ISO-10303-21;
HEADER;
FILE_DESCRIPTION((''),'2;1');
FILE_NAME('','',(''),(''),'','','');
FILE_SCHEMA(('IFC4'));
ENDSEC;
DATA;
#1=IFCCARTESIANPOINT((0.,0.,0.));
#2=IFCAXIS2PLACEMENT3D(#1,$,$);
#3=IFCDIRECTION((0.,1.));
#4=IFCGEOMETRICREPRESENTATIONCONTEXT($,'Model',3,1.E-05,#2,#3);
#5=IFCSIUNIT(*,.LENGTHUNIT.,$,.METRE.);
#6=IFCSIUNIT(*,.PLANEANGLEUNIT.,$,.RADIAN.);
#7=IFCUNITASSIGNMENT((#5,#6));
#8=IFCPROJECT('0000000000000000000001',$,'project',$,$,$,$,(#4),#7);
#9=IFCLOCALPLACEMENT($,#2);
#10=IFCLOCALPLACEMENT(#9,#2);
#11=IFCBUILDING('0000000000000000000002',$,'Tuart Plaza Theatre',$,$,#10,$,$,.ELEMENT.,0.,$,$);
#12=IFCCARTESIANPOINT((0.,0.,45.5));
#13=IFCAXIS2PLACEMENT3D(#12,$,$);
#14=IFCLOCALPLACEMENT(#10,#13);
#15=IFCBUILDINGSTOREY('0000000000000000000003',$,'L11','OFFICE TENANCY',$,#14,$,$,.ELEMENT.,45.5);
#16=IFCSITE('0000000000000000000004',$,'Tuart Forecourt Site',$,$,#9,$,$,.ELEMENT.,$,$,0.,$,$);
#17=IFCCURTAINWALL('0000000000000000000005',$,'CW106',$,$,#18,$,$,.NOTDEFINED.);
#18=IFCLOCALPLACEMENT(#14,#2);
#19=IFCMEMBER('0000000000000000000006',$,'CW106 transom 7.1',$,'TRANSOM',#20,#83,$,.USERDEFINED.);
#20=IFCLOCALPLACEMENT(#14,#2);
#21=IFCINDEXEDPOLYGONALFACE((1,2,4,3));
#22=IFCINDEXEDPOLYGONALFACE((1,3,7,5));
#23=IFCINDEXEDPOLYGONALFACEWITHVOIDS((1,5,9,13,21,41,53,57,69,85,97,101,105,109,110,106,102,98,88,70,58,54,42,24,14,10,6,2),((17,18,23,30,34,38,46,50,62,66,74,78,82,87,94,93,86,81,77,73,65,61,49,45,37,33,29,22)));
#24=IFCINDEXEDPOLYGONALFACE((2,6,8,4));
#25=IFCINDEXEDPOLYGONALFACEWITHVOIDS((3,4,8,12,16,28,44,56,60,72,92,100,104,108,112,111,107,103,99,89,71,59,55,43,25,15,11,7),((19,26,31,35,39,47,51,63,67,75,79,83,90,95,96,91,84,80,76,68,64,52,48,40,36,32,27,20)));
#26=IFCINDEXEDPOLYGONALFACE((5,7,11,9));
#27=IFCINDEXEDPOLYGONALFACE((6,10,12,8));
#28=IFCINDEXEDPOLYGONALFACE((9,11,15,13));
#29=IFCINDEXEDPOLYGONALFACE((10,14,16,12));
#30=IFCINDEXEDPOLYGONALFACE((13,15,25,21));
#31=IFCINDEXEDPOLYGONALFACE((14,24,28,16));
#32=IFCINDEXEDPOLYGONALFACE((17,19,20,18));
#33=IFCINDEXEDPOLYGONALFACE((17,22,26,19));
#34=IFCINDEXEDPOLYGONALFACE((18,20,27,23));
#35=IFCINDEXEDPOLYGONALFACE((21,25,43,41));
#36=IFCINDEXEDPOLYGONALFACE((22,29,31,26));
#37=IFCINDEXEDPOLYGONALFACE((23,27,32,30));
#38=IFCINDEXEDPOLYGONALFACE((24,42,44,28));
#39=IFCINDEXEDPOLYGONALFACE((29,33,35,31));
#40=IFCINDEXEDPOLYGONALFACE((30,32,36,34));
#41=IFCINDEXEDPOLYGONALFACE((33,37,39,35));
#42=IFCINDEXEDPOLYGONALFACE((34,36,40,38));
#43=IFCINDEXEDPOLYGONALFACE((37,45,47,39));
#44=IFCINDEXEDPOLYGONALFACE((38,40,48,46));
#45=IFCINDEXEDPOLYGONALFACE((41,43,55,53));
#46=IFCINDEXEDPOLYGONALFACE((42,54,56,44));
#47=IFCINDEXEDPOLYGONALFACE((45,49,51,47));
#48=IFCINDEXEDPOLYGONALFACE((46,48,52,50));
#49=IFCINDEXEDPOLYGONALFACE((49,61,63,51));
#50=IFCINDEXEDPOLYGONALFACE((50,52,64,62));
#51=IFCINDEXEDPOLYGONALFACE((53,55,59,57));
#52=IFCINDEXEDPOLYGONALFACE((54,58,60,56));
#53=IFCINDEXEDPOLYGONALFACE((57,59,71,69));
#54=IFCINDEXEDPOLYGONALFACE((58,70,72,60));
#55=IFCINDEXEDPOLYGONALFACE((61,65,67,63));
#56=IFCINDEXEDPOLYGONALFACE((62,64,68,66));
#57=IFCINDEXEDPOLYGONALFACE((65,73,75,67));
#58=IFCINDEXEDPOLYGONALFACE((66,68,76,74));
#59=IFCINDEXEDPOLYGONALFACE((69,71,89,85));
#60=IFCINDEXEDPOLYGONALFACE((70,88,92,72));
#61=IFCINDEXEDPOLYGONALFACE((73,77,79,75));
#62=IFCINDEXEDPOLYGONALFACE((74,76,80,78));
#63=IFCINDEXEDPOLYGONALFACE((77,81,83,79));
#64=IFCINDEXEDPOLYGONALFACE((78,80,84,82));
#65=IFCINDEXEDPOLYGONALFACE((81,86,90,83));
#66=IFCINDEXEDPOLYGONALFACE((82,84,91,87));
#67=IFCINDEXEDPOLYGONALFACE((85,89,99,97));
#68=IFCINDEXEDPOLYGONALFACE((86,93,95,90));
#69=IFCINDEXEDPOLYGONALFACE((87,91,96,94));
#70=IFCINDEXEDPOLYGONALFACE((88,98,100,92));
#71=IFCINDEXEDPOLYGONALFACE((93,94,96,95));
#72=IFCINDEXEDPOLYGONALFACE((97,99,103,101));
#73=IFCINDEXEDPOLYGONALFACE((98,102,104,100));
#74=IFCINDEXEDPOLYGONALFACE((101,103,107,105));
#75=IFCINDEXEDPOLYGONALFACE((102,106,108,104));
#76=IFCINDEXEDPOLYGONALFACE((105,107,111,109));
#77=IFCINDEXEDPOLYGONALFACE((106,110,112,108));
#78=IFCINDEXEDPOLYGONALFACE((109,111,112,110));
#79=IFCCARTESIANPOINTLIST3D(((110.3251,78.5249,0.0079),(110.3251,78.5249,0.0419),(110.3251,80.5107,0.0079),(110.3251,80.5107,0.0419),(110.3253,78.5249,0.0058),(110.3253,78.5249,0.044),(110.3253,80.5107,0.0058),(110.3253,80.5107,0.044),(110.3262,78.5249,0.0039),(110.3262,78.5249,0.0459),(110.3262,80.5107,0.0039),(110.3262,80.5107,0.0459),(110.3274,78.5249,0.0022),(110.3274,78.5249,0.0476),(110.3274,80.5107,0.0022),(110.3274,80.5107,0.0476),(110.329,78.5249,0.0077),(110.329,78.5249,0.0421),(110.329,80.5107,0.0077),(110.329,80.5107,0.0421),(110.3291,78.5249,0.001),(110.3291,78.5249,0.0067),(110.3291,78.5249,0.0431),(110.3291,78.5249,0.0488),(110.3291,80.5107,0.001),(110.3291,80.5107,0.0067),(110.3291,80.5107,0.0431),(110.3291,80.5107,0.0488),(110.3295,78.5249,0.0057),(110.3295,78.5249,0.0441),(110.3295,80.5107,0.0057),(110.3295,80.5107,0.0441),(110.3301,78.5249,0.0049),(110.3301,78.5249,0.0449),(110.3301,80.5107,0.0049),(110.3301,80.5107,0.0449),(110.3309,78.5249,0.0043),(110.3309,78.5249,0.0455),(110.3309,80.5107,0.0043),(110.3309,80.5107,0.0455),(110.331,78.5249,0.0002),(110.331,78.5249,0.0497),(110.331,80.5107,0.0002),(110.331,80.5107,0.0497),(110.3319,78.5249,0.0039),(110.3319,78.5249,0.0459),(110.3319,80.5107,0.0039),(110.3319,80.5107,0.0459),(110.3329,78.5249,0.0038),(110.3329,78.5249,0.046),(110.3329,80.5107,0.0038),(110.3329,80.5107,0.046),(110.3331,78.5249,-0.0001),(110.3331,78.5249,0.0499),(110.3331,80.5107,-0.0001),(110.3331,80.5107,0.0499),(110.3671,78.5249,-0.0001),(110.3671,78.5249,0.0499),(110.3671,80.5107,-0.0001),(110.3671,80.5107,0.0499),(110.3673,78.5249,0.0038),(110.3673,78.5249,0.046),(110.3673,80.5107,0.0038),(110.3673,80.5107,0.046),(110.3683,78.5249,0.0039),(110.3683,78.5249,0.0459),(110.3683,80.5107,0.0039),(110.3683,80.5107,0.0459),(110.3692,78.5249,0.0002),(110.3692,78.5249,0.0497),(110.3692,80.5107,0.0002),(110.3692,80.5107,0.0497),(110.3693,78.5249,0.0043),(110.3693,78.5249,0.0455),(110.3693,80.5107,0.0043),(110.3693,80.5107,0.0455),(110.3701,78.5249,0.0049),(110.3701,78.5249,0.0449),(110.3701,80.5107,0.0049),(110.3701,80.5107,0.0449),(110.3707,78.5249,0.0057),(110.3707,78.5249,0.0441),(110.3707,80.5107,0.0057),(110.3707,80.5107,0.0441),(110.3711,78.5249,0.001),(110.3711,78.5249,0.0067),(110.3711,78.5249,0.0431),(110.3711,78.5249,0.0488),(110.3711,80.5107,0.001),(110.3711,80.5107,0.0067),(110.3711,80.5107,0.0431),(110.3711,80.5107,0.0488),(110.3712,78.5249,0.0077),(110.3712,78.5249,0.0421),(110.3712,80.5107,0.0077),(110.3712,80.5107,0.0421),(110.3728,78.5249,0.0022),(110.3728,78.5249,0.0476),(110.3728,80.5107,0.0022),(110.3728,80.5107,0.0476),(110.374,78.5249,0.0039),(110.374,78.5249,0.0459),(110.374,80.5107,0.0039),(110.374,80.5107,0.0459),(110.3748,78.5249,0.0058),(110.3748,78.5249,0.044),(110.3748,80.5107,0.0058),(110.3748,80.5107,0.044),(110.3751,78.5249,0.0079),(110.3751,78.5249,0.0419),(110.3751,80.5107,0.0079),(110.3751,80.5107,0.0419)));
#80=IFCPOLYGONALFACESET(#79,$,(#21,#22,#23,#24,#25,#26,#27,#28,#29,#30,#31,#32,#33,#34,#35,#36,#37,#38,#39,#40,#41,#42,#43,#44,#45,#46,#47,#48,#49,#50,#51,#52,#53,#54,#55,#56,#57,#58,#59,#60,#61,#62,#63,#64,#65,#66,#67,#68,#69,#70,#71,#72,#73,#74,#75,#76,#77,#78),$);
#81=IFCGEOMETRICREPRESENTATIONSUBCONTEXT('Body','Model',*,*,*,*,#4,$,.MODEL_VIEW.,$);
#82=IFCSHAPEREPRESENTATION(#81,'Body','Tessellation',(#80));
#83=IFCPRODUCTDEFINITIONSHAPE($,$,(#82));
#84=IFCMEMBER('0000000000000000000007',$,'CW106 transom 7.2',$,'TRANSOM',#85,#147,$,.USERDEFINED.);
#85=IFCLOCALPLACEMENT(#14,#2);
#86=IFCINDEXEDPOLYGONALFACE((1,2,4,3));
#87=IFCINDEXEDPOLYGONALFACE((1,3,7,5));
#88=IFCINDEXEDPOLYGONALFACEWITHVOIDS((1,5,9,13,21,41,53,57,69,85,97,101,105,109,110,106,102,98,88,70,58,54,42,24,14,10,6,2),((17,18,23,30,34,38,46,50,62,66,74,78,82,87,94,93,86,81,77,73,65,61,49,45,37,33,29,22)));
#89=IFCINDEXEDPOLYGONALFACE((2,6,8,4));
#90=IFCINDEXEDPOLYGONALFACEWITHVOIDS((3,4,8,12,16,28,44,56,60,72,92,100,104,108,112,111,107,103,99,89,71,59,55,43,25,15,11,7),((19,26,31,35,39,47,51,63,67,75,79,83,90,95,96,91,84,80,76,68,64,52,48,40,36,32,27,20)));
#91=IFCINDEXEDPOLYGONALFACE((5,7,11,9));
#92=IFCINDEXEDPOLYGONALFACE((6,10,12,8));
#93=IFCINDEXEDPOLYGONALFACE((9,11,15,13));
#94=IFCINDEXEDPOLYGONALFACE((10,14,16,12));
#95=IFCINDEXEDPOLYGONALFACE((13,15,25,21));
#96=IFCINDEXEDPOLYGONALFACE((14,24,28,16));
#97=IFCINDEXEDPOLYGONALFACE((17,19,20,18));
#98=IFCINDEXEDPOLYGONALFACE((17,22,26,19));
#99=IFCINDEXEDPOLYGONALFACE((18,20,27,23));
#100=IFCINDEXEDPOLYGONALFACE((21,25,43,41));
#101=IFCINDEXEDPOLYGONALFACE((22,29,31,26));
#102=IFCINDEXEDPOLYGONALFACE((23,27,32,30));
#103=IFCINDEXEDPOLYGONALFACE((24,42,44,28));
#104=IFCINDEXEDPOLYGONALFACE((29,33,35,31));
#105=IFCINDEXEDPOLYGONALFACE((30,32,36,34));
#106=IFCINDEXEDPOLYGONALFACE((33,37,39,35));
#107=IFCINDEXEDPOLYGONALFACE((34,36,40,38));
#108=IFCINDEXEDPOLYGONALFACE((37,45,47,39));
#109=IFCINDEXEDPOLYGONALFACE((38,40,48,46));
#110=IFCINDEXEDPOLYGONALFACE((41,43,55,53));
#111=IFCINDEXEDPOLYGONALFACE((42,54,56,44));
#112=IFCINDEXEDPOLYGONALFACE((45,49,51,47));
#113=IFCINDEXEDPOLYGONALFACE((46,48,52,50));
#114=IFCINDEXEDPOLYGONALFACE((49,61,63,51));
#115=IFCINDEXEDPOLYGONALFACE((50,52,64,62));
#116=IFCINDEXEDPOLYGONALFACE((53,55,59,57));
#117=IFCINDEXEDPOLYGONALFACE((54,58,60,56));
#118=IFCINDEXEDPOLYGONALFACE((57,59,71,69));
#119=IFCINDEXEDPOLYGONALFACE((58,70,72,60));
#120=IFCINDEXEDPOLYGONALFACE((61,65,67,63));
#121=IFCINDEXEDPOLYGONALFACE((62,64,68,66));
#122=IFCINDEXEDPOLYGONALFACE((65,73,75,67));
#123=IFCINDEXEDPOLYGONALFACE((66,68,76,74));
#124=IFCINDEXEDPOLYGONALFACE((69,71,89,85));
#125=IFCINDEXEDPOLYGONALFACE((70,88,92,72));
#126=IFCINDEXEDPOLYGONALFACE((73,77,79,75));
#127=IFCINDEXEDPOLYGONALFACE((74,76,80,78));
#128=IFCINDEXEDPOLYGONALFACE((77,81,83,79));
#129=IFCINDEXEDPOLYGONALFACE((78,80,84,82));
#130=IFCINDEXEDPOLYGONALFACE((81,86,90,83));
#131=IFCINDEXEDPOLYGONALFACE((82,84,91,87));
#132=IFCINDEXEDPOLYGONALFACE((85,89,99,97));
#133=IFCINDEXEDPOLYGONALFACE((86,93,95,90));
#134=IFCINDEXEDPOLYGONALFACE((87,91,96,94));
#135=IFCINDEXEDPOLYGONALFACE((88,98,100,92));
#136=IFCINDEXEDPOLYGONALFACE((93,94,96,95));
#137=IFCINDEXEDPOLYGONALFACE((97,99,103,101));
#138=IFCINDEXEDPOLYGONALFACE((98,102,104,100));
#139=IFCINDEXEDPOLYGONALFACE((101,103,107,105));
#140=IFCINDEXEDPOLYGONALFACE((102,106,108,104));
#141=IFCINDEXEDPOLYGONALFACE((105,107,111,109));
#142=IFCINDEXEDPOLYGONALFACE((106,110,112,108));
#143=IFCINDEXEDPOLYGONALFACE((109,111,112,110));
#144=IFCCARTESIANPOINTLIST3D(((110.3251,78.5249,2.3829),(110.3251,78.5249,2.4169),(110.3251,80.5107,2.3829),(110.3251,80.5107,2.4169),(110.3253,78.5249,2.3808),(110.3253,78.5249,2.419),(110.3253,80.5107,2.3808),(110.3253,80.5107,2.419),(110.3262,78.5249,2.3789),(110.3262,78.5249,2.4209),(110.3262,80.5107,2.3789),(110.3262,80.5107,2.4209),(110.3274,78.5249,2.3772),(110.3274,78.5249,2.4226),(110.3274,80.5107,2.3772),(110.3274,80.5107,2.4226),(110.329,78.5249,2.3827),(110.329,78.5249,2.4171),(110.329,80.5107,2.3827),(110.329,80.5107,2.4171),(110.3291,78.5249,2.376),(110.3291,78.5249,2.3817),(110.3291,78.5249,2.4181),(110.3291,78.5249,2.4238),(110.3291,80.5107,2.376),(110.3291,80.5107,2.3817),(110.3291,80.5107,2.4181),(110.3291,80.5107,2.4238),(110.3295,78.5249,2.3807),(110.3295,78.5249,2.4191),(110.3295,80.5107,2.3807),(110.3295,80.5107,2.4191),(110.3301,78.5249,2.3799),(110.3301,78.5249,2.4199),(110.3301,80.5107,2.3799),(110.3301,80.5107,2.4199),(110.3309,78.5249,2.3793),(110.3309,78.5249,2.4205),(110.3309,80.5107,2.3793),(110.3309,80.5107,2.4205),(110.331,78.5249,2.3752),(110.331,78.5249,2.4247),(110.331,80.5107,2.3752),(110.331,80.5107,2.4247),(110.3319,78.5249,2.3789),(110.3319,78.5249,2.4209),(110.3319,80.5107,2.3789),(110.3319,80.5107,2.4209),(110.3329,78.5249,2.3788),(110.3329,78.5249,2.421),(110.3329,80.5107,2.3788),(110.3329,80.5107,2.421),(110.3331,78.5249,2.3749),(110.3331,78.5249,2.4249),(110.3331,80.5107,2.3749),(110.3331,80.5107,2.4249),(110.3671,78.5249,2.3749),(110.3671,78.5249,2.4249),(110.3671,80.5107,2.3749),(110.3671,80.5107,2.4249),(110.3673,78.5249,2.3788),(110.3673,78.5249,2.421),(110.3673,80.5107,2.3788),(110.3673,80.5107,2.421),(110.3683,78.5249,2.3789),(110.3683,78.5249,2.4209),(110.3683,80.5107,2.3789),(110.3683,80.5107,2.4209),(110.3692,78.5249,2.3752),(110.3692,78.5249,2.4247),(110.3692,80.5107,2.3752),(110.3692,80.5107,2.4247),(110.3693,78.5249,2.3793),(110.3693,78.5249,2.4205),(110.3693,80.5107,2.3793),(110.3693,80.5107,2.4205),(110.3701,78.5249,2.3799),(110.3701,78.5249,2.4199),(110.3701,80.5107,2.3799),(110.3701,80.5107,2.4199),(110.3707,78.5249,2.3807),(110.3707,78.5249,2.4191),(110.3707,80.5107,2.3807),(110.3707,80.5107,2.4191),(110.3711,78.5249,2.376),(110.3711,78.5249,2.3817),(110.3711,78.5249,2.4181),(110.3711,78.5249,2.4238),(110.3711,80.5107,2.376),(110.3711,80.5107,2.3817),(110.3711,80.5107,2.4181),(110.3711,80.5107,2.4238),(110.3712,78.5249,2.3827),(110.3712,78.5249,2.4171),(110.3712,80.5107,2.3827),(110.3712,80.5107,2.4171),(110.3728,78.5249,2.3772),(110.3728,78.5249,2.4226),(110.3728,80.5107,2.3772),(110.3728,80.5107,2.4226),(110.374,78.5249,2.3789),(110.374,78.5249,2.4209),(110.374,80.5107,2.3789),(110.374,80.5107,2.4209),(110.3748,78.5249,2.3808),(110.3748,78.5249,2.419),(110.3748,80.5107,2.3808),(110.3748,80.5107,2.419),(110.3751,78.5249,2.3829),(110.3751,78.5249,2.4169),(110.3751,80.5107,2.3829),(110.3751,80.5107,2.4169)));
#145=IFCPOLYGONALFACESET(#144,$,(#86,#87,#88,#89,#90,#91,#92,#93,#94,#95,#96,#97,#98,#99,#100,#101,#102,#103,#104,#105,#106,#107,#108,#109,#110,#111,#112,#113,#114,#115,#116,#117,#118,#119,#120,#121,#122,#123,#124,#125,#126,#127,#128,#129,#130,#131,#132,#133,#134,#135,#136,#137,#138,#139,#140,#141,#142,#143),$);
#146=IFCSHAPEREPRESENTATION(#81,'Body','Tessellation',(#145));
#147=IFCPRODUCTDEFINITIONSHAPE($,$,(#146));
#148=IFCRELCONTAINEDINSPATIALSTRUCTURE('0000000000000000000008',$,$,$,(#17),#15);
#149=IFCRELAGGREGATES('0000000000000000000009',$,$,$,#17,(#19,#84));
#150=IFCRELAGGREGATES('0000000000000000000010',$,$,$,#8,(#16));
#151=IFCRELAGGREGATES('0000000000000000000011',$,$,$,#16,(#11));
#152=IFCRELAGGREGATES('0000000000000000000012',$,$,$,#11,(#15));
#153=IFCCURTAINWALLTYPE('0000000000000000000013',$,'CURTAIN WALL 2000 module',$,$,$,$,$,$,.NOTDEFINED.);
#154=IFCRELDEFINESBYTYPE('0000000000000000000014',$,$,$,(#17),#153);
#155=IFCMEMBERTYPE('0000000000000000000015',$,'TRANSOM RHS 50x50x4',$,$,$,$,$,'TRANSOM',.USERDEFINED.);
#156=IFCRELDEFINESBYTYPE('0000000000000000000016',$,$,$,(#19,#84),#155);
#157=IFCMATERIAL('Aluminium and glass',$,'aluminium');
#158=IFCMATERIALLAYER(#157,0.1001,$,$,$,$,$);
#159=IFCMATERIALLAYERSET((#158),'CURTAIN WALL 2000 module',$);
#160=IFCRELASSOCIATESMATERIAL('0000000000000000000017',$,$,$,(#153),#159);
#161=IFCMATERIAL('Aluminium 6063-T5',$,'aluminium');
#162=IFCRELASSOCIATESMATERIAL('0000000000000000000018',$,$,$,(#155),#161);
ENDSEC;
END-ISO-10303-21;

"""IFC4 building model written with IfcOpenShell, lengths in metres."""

from ifc_helpers import new_model, si_unit, direction, frame, origin, origin_2d, place, context, subcontext, project, spatial, hollow_rectangle, extrude, material, layer, layer_set, material_profile, profile_set, type_object, element, aggregate, save


model = new_model("IFC4")

# Units and contexts
model_context = context("Model", 3, precision=1e-05, world=origin(), true_north=direction((0.0, 1.0)))
body_context = subcontext(model_context, "Body", "Model", "MODEL_VIEW")
ifc_project = project(units=[si_unit("LENGTHUNIT", "METRE"), si_unit("PLANEANGLEUNIT", "RADIAN")], contexts=[model_context])

# Site, building, storey
site_placement = place(None, origin())
site = spatial("IfcSite", under=ifc_project, at=site_placement, Name="Tuart Forecourt Site", CompositionType="ELEMENT", RefElevation=0.0)
building_placement = place(site_placement, origin())
building = spatial("IfcBuilding", under=site, at=building_placement, Name="Tuart Plaza Theatre", CompositionType="ELEMENT", ElevationOfRefHeight=0.0)
storey_placement = place(building_placement, frame((0.0, 0.0, 45.5)))
storey = spatial("IfcBuildingStorey", under=building, at=storey_placement, Name="L11", Description="OFFICE TENANCY", CompositionType="ELEMENT", Elevation=45.5)

# Curtain wall, members
ifc_material_1 = material(Name="Aluminium and glass", Category="aluminium")
ifc_layer_1 = layer(ifc_material_1, 0.1001)
ifc_layer_set_1 = layer_set([ifc_layer_1], Name="CURTAIN WALL 2000 module")
curtain_wall_type = type_object("IfcCurtainWallType", Name="CURTAIN WALL 2000 module", PredefinedType="NOTDEFINED", material=ifc_layer_set_1)
curtain_wall_placement = place(storey_placement, origin())
curtain_wall = element("IfcCurtainWall", 1, at=curtain_wall_placement, inside=storey, type_object=curtain_wall_type, Name="CW106", PredefinedType="NOTDEFINED")
ifc_material_2 = material(Name="Aluminium 6063-T5", Category="aluminium")
ifc_material_profile = material_profile(ifc_material_2, hollow_rectangle(XDim=0.05, YDim=0.05, WallThickness=0.0039, InnerFilletRadius=0.0039, OuterFilletRadius=0.0081, at=origin_2d()), Name="RHS 50x50x4")
ifc_profile_set = profile_set([ifc_material_profile], Name="Aluminium 6063-T5")
member_type = type_object("IfcMemberType", Name="TRANSOM RHS 50x50x4", ElementType="TRANSOM", PredefinedType="USERDEFINED", material=ifc_profile_set)
member_1_placement = place(storey_placement, frame((110.3501, 80.5107, 0.0249), z_axis=(0.0, -1.0, 0.0), x_axis=(1.0, 0.0, 0.0)))
member_1 = element("IfcMember", 2, at=member_1_placement, type_object=member_type, Name="CW106 transom 7.1", ObjectType="TRANSOM", PredefinedType="USERDEFINED", context=body_context, shape_type="SweptSolid", body=[
    extrude(hollow_rectangle(XDim=0.05, YDim=0.05, WallThickness=0.0039, InnerFilletRadius=0.0039, OuterFilletRadius=0.0081, at=origin_2d()), origin(), (0.0, 0.0, 1.0), 1.9858),
])
member_2_placement = place(storey_placement, frame((110.3501, 80.5107, 2.3999), z_axis=(0.0, -1.0, 0.0), x_axis=(1.0, 0.0, 0.0)))
member_2 = element("IfcMember", 3, at=member_2_placement, type_object=member_type, Name="CW106 transom 7.2", ObjectType="TRANSOM", PredefinedType="USERDEFINED", context=body_context, shape_type="SweptSolid", body=[
    extrude(hollow_rectangle(XDim=0.05, YDim=0.05, WallThickness=0.0039, InnerFilletRadius=0.0039, OuterFilletRadius=0.0081, at=origin_2d()), origin(), (0.0, 0.0, 1.0), 1.9858),
])
aggregate(curtain_wall, [member_1, member_2])

save(model, "model.ifc")
